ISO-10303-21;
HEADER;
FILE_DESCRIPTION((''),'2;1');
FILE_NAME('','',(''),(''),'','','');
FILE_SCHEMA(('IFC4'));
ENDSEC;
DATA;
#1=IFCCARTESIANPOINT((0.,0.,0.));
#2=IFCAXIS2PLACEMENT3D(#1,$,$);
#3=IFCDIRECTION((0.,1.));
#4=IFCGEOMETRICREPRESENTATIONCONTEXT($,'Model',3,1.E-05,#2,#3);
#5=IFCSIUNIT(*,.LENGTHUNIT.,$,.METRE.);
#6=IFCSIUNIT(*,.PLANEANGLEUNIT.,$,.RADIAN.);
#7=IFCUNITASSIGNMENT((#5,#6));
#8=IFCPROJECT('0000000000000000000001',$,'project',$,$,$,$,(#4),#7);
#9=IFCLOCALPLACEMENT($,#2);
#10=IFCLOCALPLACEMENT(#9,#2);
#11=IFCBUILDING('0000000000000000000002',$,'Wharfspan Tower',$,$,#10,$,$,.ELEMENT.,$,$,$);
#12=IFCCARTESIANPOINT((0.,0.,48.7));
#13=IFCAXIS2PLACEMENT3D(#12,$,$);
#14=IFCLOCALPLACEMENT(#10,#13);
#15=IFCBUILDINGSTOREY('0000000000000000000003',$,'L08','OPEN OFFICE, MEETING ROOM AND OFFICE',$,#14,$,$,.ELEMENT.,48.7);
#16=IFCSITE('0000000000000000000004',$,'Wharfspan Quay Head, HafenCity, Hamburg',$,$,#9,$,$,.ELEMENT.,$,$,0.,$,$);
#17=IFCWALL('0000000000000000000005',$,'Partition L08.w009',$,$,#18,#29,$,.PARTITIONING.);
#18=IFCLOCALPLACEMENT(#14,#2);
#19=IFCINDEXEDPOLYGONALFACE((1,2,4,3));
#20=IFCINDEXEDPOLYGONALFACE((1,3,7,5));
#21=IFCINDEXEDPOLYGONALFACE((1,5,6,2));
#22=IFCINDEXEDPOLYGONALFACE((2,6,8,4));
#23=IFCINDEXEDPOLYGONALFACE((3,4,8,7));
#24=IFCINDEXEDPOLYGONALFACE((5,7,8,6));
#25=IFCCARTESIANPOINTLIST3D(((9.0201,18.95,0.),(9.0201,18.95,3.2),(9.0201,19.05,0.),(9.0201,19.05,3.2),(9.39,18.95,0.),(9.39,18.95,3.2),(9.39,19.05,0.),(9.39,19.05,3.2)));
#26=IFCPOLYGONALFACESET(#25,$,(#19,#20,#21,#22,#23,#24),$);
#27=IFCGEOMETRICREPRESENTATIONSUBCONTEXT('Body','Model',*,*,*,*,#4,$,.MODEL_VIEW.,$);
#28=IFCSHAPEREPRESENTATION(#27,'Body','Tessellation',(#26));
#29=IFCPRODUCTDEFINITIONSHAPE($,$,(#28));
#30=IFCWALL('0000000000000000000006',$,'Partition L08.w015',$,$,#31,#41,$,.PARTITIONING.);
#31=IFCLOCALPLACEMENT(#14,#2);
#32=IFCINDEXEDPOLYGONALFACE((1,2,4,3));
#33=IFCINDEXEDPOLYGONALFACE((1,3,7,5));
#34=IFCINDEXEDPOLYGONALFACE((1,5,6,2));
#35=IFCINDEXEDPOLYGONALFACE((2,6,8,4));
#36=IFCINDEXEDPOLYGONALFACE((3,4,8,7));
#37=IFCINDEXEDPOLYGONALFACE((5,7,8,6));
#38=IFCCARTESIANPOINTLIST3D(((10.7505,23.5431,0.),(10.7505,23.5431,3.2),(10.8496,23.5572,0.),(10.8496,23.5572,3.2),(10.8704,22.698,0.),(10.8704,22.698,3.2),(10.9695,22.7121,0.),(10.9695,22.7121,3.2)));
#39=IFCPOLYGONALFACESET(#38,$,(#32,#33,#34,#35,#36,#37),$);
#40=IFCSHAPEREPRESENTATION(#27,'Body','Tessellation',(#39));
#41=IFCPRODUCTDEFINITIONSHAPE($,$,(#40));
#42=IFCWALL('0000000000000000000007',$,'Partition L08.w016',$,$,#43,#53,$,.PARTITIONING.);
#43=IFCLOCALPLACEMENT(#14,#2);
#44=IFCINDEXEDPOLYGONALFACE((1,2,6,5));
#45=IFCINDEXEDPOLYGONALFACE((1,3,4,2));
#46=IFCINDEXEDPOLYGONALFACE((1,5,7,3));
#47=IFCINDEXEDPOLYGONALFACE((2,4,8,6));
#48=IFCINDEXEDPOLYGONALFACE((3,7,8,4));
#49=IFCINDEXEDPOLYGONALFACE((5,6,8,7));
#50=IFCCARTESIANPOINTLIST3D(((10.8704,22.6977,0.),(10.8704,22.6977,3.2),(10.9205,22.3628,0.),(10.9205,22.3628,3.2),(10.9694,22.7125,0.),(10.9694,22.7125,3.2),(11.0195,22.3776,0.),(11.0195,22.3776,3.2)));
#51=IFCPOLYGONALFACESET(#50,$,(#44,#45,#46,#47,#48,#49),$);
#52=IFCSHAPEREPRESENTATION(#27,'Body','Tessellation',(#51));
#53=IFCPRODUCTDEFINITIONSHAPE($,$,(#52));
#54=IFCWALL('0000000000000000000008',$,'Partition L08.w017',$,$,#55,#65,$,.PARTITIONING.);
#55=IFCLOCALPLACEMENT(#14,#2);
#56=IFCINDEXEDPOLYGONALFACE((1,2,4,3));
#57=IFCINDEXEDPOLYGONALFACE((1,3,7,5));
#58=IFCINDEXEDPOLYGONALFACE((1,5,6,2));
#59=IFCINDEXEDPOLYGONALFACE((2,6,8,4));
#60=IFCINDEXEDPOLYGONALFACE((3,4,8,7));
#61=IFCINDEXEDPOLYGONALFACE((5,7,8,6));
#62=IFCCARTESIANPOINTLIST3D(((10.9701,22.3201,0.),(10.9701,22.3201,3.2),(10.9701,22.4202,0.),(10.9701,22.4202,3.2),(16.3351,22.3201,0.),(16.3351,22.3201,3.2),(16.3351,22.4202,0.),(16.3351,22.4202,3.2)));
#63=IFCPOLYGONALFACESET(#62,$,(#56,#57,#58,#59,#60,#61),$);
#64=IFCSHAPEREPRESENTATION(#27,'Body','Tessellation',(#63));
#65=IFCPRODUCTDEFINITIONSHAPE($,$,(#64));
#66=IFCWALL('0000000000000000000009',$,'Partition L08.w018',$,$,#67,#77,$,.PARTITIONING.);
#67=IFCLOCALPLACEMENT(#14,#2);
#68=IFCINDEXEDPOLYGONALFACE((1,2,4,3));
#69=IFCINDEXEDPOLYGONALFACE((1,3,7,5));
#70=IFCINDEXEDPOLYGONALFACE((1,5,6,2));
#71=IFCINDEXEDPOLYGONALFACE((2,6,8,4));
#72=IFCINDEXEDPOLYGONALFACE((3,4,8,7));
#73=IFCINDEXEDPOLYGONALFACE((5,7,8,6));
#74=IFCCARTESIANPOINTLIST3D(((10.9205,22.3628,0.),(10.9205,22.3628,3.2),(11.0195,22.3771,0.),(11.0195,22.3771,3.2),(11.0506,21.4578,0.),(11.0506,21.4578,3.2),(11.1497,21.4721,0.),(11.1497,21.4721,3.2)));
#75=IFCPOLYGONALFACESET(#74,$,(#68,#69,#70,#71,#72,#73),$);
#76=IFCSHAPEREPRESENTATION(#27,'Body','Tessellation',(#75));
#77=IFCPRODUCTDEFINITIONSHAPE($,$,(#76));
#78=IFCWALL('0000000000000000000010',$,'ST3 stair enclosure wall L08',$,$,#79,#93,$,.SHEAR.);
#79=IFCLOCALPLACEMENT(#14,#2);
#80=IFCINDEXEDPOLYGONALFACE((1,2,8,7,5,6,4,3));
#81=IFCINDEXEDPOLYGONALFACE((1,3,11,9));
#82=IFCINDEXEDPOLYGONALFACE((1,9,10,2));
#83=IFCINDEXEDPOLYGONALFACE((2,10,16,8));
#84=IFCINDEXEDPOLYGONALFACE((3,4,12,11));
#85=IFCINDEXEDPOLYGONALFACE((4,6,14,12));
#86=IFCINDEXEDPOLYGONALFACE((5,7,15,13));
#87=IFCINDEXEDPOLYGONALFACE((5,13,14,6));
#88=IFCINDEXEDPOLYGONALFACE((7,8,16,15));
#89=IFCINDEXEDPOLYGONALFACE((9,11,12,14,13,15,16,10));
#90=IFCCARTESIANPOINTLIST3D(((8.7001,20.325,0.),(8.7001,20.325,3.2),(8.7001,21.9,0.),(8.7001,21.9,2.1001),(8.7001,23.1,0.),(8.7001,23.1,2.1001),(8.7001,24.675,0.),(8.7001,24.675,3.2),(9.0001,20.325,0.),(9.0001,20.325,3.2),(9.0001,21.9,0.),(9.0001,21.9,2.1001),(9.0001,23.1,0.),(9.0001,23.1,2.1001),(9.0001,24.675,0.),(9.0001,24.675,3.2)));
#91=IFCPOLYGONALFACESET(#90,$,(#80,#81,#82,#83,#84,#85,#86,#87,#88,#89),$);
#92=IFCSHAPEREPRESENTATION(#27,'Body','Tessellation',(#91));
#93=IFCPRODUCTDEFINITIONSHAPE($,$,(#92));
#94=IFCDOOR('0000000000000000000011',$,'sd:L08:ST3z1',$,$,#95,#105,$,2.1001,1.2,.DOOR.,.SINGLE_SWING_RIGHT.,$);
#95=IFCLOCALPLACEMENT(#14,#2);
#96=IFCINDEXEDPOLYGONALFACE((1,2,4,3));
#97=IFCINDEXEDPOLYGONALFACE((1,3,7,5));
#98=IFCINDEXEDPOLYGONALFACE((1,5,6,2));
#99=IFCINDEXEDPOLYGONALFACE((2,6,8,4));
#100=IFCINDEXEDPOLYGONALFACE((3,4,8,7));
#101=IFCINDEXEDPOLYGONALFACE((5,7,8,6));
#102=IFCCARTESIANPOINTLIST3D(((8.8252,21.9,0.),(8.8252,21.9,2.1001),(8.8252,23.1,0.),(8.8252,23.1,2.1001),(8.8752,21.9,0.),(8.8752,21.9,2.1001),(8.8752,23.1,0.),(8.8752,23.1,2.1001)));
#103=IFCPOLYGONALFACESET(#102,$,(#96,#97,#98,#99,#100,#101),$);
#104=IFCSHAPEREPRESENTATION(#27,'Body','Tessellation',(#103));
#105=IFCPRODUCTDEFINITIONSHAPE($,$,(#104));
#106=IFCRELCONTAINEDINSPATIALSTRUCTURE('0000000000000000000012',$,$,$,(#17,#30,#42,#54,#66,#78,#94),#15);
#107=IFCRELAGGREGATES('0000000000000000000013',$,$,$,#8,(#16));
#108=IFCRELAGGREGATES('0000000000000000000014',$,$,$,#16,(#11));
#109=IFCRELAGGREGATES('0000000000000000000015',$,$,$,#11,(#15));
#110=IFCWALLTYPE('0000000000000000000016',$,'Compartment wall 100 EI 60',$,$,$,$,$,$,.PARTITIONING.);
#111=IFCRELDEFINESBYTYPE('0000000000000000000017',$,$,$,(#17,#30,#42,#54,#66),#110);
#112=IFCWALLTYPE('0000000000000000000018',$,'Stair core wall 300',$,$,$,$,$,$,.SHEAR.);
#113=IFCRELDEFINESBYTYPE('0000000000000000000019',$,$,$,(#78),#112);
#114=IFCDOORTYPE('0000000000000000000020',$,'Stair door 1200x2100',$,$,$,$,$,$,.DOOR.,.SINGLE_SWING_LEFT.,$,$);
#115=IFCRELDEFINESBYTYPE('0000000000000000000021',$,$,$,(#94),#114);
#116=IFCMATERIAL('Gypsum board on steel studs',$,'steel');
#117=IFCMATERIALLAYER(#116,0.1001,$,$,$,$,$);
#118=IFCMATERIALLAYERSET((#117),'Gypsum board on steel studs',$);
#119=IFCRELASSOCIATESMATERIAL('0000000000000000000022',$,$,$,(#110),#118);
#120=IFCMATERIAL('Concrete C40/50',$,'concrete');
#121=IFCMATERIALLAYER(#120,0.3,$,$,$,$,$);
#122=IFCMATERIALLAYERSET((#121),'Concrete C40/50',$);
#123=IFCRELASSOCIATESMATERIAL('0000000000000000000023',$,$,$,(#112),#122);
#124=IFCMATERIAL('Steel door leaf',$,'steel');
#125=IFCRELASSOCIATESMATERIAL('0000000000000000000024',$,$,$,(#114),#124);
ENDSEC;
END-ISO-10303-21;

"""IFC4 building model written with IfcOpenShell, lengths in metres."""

from ifc_helpers import new_model, si_unit, direction, frame, frame_2d, origin, place, context, subcontext, project, spatial, rectangle, extrude, material, layer, layer_set, type_object, element, fill, save


model = new_model("IFC4")

# Units and contexts
model_context = context("Model", 3, precision=1e-05, world=origin(), true_north=direction((0.0, 1.0)))
body_context = subcontext(model_context, "Body", "Model", "MODEL_VIEW")
ifc_project = project(units=[si_unit("LENGTHUNIT", "METRE"), si_unit("PLANEANGLEUNIT", "RADIAN")], contexts=[model_context])

# Site, building, storey
site_placement = place(None, origin())
site = spatial("IfcSite", under=ifc_project, at=site_placement, Name="Wharfspan Quay Head, HafenCity, Hamburg", CompositionType="ELEMENT", RefElevation=0.0)
building_placement = place(site_placement, origin())
building = spatial("IfcBuilding", under=site, at=building_placement, Name="Wharfspan Tower", CompositionType="ELEMENT")
storey_placement = place(building_placement, frame((0.0, 0.0, 48.7)))
storey = spatial("IfcBuildingStorey", under=building, at=storey_placement, Name="L08", Description="OPEN OFFICE, MEETING ROOM AND OFFICE", CompositionType="ELEMENT", Elevation=48.7)

# Walls
ifc_material_1 = material(Name="Gypsum board on steel studs", Category="steel")
ifc_layer_1 = layer(ifc_material_1, 0.1001)
ifc_layer_set_1 = layer_set([ifc_layer_1], Name="Gypsum board on steel studs")
wall_type_1 = type_object("IfcWallType", Name="Compartment wall 100 EI 60", PredefinedType="PARTITIONING", material=ifc_layer_set_1)
wall_1_placement = place(storey_placement, frame((9.02, 19.0, 0.0), z_axis=(0.0, 0.0, 1.0), x_axis=(1.0, 0.0, 0.0)))
element("IfcWall", 1, at=wall_1_placement, inside=storey, type_object=wall_type_1, Name="Partition L08.w009", PredefinedType="PARTITIONING", context=body_context, shape_type="SweptSolid", body=[
    extrude(rectangle(XDim=0.3699, YDim=0.1001, at=frame_2d((0.1851, 0.0))), origin(), (0.0, 0.0, 1.0), 3.2),
])
wall_2_placement = place(storey_placement, frame((10.9199, 22.7051, 0.0), z_axis=(0.0, 0.0, 1.0), x_axis=(-0.14046, 0.990086, 0.0)))
element("IfcWall", 2, at=wall_2_placement, inside=storey, type_object=wall_type_1, Name="Partition L08.w015", PredefinedType="PARTITIONING", context=body_context, shape_type="SweptSolid", body=[
    extrude(rectangle(XDim=0.8535, YDim=0.1001, at=frame_2d((0.4268, 0.0))), origin(), (0.0, 0.0, 1.0), 3.2),
])
wall_3_placement = place(storey_placement, frame((10.97, 22.3701, 0.0), z_axis=(0.0, 0.0, 1.0), x_axis=(-0.147776, 0.989018, 0.0)))
element("IfcWall", 3, at=wall_3_placement, inside=storey, type_object=wall_type_1, Name="Partition L08.w016", PredefinedType="PARTITIONING", context=body_context, shape_type="SweptSolid", body=[
    extrude(rectangle(XDim=0.3386, YDim=0.1001, at=frame_2d((0.1694, 0.0))), origin(), (0.0, 0.0, 1.0), 3.2),
])
wall_4_placement = place(storey_placement, frame((10.97, 22.3701, 0.0), z_axis=(0.0, 0.0, 1.0), x_axis=(1.0, 0.0, 0.0)))
element("IfcWall", 4, at=wall_4_placement, inside=storey, type_object=wall_type_1, Name="Partition L08.w017", PredefinedType="PARTITIONING", context=body_context, shape_type="SweptSolid", body=[
    extrude(rectangle(XDim=5.365, YDim=0.1001, at=frame_2d((2.6826, 0.0))), origin(), (0.0, 0.0, 1.0), 3.2),
])
wall_5_placement = place(storey_placement, frame((11.1001, 21.4651, 0.0), z_axis=(0.0, 0.0, 1.0), x_axis=(-0.142318, 0.989818, 0.0)))
element("IfcWall", 5, at=wall_5_placement, inside=storey, type_object=wall_type_1, Name="Partition L08.w018", PredefinedType="PARTITIONING", context=body_context, shape_type="SweptSolid", body=[
    extrude(rectangle(XDim=0.9143, YDim=0.1001, at=frame_2d((0.457, 0.0))), origin(), (0.0, 0.0, 1.0), 3.2),
])

# Wall, opening, door
ifc_material_2 = material(Name="Concrete C40/50", Category="concrete")
ifc_layer_2 = layer(ifc_material_2, 0.3)
ifc_layer_set_2 = layer_set([ifc_layer_2], Name="Concrete C40/50")
wall_type_2 = type_object("IfcWallType", Name="Stair core wall 300", PredefinedType="SHEAR", material=ifc_layer_set_2)
wall_6_placement = place(storey_placement, frame((8.8501, 20.325, 0.0), z_axis=(0.0, 0.0, 1.0), x_axis=(0.0, 1.0, 0.0)))
wall_6 = element("IfcWall", 6, at=wall_6_placement, inside=storey, type_object=wall_type_2, Name="ST3 stair enclosure wall L08", PredefinedType="SHEAR", context=body_context, shape_type="SweptSolid", body=[
    extrude(rectangle(XDim=4.3501, YDim=0.3, at=frame_2d((2.175, 0.0))), origin(), (0.0, 0.0, 1.0), 3.2),
])
opening_placement = place(wall_6_placement, frame((1.575, 0.0, 0.0)))
opening = element("IfcOpeningElement", 7, at=opening_placement, cuts=wall_6, PredefinedType="OPENING", context=body_context, shape_type="SweptSolid", body=[
    extrude(rectangle(XDim=1.2, YDim=2.1001, at=frame_2d((0.6001, 1.05))), frame((0.0, 0.1599, 0.0), z_axis=(0.0, -1.0, 0.0), x_axis=(1.0, 0.0, 0.0)), (0.0, 0.0, 1.0), 0.3201),
])
ifc_material_3 = material(Name="Steel door leaf", Category="steel")
door_type = type_object("IfcDoorType", Name="Stair door 1200x2100", OperationType="SINGLE_SWING_LEFT", PredefinedType="DOOR", material=ifc_material_3)
door_placement = place(opening_placement, origin())
door = element("IfcDoor", 8, at=door_placement, inside=storey, type_object=door_type, Name="sd:L08:ST3z1", OperationType="SINGLE_SWING_RIGHT", OverallHeight=2.1001, OverallWidth=1.2, PredefinedType="DOOR", context=body_context, shape_type="SweptSolid", body=[
    extrude(rectangle(XDim=1.2, YDim=2.1001, at=frame_2d((0.6001, 1.05))), frame((0.0, 0.0249, 0.0), z_axis=(0.0, -1.0, 0.0), x_axis=(1.0, 0.0, 0.0)), (0.0, 0.0, 1.0), 0.05),
])
fill(opening, door)

save(model, "model.ifc")
